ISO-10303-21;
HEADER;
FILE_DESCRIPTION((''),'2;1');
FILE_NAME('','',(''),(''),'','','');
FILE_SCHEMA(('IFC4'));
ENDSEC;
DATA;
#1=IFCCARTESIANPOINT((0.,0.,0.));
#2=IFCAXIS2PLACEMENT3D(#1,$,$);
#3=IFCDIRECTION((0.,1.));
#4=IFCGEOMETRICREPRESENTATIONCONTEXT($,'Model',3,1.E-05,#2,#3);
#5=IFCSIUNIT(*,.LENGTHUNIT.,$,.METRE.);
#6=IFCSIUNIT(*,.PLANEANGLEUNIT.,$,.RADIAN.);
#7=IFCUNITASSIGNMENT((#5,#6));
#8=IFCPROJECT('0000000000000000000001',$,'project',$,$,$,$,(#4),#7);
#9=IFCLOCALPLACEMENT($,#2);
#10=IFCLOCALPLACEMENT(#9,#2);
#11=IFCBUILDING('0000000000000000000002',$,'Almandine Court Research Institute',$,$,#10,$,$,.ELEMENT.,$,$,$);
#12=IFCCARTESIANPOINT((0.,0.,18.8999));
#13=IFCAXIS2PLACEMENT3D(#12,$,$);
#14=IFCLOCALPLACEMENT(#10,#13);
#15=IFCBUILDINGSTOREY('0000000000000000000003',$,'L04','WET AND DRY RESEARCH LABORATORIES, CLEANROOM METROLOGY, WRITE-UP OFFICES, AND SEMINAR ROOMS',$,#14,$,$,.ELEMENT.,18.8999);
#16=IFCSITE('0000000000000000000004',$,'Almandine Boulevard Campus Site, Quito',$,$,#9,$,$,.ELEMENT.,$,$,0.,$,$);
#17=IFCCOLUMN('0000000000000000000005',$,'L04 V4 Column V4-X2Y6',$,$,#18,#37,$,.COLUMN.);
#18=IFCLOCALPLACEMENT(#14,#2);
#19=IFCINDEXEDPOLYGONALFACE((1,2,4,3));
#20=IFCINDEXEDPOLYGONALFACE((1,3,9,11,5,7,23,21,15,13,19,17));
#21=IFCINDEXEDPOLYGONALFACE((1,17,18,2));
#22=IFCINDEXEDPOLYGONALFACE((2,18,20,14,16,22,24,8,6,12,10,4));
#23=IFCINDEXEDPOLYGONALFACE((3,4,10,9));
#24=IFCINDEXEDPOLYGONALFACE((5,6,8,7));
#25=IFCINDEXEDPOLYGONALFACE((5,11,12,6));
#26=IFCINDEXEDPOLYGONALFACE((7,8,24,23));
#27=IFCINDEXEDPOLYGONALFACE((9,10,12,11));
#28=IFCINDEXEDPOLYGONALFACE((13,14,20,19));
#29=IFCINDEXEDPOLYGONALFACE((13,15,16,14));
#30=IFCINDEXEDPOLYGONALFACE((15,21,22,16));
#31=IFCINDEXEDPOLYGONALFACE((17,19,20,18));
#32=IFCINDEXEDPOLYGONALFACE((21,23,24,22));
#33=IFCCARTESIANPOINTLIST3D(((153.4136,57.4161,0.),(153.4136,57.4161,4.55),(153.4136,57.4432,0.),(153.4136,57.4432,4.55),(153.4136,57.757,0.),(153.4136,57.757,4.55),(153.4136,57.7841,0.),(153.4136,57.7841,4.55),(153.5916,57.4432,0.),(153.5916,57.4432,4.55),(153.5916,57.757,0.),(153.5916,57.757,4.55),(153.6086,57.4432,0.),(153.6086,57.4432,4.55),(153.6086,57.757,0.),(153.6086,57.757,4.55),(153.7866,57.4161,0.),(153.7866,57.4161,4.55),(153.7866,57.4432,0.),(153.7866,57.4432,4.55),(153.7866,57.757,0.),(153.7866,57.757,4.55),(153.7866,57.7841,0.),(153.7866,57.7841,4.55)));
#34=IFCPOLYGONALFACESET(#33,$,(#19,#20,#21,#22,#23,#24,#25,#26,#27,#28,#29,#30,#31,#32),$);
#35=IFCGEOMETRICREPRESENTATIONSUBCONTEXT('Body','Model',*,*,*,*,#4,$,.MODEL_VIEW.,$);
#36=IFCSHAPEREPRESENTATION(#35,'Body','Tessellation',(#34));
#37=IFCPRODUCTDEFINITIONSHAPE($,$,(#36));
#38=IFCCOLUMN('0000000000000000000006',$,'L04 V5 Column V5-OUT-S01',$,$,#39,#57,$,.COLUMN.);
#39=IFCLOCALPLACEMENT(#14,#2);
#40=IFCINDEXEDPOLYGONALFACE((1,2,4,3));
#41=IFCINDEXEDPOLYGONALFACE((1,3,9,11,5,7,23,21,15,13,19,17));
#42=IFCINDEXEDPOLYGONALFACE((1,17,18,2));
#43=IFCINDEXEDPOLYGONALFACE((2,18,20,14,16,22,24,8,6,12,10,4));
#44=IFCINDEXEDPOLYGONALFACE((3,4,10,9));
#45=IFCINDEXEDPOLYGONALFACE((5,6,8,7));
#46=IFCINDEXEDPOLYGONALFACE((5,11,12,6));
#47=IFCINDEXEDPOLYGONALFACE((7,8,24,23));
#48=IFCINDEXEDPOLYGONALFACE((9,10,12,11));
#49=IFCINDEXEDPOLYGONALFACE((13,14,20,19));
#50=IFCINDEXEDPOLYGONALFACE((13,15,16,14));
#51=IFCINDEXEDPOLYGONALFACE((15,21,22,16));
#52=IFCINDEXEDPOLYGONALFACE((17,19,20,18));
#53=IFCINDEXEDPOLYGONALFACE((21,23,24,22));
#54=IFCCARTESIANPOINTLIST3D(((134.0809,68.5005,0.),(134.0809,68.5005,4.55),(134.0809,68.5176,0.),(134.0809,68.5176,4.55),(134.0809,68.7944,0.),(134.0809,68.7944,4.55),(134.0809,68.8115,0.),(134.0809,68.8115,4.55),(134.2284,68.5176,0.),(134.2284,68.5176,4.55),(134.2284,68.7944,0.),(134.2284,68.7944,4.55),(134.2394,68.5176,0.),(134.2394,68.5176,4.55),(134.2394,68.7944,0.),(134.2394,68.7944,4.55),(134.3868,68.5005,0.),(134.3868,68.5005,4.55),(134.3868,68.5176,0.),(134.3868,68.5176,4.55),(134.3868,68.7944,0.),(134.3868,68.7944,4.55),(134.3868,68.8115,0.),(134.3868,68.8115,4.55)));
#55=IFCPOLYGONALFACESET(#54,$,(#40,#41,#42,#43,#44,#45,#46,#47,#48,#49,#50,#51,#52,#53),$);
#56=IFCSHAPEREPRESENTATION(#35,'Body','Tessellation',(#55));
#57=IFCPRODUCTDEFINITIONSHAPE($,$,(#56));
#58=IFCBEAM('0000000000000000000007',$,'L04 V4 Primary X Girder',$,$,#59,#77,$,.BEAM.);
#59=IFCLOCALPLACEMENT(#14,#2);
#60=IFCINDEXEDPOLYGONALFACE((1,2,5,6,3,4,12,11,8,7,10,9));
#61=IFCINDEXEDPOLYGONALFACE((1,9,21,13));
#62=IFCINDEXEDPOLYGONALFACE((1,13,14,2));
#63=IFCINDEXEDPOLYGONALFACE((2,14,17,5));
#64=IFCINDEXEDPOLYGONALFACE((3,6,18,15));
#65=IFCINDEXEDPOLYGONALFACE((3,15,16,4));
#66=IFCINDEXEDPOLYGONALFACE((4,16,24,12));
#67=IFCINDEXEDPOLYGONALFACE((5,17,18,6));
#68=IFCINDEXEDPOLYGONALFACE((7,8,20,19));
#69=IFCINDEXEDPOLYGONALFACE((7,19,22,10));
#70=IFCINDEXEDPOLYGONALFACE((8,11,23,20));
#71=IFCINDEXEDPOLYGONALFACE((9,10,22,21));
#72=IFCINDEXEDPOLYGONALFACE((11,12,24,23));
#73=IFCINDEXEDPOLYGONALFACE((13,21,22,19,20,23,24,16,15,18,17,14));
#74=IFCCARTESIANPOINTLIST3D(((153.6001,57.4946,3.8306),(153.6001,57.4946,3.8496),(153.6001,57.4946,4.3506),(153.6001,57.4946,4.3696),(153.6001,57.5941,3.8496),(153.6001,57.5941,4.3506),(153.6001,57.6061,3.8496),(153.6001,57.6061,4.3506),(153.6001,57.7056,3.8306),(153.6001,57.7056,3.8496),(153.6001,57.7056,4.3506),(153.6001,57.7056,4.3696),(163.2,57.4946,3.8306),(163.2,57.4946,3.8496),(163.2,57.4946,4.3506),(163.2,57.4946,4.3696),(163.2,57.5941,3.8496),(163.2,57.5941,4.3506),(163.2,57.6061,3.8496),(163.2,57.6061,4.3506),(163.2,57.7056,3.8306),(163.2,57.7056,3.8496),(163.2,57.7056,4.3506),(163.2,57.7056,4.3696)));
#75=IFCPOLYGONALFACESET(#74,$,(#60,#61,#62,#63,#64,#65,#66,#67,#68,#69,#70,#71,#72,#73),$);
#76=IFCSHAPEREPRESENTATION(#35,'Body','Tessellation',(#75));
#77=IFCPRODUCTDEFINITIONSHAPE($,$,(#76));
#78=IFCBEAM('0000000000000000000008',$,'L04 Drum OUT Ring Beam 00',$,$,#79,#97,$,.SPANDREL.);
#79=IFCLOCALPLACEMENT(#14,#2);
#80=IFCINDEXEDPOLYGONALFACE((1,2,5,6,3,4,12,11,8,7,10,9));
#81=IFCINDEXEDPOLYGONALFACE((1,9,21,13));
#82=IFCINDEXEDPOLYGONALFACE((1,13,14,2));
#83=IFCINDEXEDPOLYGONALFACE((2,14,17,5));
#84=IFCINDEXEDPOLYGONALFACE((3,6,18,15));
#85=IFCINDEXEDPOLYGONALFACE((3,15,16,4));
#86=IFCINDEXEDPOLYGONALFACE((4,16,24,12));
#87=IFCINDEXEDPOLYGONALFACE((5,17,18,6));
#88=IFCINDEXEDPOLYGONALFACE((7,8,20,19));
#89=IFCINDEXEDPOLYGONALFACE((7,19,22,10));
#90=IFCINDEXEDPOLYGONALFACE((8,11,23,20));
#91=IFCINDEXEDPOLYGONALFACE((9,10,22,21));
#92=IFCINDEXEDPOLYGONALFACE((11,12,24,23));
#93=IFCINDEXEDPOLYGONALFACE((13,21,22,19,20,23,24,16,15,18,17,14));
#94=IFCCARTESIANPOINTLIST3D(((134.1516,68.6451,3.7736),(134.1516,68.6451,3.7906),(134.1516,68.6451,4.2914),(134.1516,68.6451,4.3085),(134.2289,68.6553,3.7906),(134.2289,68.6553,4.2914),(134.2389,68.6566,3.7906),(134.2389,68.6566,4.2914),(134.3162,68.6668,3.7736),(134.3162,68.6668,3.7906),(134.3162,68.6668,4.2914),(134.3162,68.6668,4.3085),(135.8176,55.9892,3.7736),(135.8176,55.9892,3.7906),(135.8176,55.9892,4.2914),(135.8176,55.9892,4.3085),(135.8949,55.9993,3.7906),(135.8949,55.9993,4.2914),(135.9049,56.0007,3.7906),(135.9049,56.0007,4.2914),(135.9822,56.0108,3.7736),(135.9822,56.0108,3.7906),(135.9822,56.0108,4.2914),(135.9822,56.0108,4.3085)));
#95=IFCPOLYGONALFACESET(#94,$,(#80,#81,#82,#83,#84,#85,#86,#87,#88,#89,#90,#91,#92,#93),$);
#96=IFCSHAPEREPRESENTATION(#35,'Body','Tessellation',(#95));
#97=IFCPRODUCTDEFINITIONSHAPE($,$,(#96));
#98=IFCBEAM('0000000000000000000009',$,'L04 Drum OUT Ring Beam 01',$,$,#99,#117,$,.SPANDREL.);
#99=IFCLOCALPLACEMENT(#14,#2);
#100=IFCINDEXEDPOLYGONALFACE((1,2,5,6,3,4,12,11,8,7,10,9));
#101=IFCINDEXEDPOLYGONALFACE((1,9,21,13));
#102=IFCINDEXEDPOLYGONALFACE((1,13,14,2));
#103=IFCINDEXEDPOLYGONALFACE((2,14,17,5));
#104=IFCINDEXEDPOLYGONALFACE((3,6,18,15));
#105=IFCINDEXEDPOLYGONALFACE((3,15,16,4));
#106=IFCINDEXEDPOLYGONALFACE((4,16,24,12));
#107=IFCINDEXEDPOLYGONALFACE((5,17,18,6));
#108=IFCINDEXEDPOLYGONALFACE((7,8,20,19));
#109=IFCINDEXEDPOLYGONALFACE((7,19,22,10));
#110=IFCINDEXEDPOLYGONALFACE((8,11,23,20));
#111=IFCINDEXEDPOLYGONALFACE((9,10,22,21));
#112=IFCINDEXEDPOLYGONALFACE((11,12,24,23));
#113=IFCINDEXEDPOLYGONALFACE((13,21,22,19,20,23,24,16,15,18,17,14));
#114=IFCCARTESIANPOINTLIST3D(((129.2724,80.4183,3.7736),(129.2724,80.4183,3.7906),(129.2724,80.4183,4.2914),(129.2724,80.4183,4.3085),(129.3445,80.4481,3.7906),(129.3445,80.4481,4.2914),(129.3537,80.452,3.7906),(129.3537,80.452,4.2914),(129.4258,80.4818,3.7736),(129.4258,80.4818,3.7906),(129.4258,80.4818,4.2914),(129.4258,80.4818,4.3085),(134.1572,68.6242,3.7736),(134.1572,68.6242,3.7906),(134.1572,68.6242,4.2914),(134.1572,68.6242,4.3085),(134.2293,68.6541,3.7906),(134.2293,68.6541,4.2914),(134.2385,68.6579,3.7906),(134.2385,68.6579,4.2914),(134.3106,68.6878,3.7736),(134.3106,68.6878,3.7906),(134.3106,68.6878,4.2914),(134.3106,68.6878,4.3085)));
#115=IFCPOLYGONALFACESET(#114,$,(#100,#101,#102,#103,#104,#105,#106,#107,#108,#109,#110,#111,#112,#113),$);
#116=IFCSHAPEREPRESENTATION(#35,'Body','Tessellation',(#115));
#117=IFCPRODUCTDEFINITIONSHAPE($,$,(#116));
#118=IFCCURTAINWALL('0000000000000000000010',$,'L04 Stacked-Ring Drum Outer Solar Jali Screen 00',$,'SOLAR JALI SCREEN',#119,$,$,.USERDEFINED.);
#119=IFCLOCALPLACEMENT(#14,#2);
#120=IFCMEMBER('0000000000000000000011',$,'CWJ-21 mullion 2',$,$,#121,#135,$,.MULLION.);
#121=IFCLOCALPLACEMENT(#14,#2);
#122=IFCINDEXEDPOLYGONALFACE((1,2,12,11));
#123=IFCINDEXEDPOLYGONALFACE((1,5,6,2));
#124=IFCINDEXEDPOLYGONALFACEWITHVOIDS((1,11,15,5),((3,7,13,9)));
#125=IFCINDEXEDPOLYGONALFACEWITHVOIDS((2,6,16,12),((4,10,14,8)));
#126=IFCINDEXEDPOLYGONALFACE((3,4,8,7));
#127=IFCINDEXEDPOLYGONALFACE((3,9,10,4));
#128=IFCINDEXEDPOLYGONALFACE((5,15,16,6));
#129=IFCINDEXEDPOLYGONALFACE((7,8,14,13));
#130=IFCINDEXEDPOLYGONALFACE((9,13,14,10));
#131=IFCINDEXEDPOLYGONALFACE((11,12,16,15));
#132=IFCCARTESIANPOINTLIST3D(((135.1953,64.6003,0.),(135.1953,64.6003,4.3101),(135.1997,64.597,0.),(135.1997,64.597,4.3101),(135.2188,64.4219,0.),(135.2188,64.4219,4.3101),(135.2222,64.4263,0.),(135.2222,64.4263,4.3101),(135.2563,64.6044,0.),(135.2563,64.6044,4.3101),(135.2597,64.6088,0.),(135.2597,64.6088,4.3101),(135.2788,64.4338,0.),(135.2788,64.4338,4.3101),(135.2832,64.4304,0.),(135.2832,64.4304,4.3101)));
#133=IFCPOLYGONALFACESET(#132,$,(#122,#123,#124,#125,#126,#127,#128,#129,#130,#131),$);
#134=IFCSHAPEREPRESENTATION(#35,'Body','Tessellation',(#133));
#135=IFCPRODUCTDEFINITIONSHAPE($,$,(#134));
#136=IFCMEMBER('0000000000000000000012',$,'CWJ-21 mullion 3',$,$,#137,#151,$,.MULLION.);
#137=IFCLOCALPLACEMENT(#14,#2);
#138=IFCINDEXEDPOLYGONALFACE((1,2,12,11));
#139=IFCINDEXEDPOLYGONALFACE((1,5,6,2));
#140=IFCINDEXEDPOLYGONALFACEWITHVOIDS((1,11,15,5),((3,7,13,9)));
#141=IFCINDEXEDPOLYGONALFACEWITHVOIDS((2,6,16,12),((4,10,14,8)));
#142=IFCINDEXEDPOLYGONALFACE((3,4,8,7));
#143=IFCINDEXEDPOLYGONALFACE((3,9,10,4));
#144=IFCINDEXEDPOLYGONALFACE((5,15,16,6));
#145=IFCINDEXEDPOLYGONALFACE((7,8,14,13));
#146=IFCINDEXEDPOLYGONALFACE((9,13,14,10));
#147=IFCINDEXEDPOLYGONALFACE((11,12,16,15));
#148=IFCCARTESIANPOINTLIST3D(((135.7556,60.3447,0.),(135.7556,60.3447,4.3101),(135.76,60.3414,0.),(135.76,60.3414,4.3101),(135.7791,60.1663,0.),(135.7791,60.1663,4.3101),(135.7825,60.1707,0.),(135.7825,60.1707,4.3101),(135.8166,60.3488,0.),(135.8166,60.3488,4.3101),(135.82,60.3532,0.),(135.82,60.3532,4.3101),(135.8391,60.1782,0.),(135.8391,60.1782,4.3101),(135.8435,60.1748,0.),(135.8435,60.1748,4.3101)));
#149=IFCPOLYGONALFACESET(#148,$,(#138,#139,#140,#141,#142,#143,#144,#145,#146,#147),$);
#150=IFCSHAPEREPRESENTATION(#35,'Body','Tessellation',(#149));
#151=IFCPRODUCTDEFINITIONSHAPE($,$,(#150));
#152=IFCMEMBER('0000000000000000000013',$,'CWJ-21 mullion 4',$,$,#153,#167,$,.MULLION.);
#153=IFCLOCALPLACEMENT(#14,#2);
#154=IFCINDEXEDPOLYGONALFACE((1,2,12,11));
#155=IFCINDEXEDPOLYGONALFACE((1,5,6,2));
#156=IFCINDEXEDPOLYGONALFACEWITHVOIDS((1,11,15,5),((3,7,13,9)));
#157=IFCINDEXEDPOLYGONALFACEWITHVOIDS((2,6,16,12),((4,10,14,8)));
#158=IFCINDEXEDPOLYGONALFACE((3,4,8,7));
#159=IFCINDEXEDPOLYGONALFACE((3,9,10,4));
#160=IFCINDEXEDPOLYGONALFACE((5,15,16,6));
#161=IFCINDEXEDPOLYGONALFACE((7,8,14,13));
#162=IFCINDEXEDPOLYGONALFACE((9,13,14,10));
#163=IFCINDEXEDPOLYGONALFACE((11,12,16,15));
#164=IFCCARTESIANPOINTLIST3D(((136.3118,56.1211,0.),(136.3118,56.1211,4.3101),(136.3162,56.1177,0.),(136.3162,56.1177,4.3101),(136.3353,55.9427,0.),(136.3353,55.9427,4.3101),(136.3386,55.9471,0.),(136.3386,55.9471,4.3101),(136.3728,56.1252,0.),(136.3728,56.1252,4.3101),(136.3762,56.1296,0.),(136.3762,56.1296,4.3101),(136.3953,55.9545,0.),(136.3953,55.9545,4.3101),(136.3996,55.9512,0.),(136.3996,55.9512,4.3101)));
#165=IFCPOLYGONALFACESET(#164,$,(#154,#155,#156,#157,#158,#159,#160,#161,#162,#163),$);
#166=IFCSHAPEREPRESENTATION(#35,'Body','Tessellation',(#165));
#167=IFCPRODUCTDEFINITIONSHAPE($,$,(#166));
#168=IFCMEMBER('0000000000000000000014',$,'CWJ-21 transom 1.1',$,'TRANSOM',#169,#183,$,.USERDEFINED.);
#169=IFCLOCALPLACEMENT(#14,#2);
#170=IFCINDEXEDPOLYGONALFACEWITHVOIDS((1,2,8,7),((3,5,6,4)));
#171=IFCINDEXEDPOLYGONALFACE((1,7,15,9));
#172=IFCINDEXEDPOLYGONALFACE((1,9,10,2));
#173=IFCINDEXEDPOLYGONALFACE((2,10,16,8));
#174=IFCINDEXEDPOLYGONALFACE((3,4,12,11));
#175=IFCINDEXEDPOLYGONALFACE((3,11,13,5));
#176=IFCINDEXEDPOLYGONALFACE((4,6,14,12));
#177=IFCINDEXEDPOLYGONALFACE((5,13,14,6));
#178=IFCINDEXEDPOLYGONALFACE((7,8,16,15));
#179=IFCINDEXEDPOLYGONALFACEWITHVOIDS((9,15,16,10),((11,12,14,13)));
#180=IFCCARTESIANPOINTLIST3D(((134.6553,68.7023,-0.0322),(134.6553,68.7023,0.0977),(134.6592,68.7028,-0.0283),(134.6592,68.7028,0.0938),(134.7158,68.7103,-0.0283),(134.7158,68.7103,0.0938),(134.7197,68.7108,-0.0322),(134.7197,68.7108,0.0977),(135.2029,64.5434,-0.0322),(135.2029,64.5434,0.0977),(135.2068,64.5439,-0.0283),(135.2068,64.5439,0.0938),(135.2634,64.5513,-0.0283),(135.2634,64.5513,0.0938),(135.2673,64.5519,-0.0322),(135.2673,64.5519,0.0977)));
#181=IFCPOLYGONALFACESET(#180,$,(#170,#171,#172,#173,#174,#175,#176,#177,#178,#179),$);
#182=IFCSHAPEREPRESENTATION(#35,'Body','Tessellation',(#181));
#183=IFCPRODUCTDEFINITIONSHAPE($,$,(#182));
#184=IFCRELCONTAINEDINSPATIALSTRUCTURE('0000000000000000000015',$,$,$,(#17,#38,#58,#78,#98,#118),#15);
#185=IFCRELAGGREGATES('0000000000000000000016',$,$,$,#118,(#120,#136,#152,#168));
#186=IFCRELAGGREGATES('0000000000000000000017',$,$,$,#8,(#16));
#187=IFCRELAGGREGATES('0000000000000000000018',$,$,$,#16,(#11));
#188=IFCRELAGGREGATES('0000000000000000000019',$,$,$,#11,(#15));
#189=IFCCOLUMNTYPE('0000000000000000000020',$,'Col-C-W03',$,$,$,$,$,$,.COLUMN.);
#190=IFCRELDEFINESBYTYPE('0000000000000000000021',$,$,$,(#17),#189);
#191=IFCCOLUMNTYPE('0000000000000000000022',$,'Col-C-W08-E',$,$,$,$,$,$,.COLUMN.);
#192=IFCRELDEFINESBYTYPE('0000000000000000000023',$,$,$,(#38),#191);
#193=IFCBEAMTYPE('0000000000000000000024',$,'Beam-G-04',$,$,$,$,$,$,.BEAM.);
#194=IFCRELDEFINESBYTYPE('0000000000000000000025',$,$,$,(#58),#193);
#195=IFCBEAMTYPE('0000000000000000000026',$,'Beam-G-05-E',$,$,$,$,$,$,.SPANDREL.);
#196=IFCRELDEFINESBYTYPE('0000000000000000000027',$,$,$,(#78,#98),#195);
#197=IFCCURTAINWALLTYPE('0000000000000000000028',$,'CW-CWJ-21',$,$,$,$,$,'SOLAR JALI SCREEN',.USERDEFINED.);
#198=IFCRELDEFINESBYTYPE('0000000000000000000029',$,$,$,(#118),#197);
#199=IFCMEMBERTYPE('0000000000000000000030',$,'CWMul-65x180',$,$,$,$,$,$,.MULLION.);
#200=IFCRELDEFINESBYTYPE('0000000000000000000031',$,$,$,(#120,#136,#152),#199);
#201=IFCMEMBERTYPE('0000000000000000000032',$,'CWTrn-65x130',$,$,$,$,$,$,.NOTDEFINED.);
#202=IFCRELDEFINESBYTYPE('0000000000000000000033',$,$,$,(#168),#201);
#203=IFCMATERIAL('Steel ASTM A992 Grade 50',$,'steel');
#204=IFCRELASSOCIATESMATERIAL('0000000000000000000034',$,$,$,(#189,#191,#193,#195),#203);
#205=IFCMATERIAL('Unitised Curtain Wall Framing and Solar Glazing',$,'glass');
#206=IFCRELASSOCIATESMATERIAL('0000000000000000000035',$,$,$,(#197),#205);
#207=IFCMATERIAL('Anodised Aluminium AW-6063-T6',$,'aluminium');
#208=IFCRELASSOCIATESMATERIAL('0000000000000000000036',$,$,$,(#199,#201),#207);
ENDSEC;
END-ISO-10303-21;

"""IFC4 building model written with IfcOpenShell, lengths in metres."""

from ifc_helpers import new_model, si_unit, direction, frame, origin, origin_2d, place, context, subcontext, project, spatial, hollow_rectangle, i_section, extrude, material, material_profile, profile_set, type_object, element, aggregate, save


model = new_model("IFC4")

# Units and contexts
model_context = context("Model", 3, precision=1e-05, world=origin(), true_north=direction((0.0, 1.0)))
body_context = subcontext(model_context, "Body", "Model", "MODEL_VIEW")
ifc_project = project(units=[si_unit("LENGTHUNIT", "METRE"), si_unit("PLANEANGLEUNIT", "RADIAN")], contexts=[model_context])

# Site, building, storey
site_placement = place(None, origin())
site = spatial("IfcSite", under=ifc_project, at=site_placement, Name="Almandine Boulevard Campus Site, Quito", CompositionType="ELEMENT", RefElevation=0.0)
building_placement = place(site_placement, origin())
building = spatial("IfcBuilding", under=site, at=building_placement, Name="Almandine Court Research Institute", CompositionType="ELEMENT")
storey_placement = place(building_placement, frame((0.0, 0.0, 18.8999)))
storey = spatial("IfcBuildingStorey", under=building, at=storey_placement, Name="L04", Description="WET AND DRY RESEARCH LABORATORIES, CLEANROOM METROLOGY, WRITE-UP OFFICES, AND SEMINAR ROOMS", CompositionType="ELEMENT", Elevation=18.8999)

# Columns
ifc_material_1 = material(Name="Steel ASTM A992 Grade 50", Category="steel")
ifc_material_profile_1 = material_profile(ifc_material_1, i_section(OverallWidth=0.373, OverallDepth=0.3679, WebThickness=0.0171, FlangeThickness=0.0271, at=origin_2d()), Name="W360x179")
ifc_profile_set_1 = profile_set([ifc_material_profile_1], Name="Steel ASTM A992 Grade 50")
column_type_1 = type_object("IfcColumnType", Name="Col-C-W03", PredefinedType="COLUMN", material=ifc_profile_set_1)
column_1_placement = place(storey_placement, frame((153.6001, 57.6001, 0.0), z_axis=(0.0, 0.0, 1.0), x_axis=(1.0, 0.0, 0.0)))
element("IfcColumn", 1, at=column_1_placement, inside=storey, type_object=column_type_1, Name="L04 V4 Column V4-X2Y6", PredefinedType="COLUMN", context=body_context, shape_type="SweptSolid", body=[
    extrude(i_section(OverallWidth=0.373, OverallDepth=0.3679, WebThickness=0.0171, FlangeThickness=0.0271, at=origin_2d()), origin(), (0.0, 0.0, 1.0), 4.55),
])
ifc_material_profile_2 = material_profile(ifc_material_1, i_section(OverallWidth=0.3059, OverallDepth=0.311, WebThickness=0.011, FlangeThickness=0.0171, at=origin_2d()), Name="W310x107")
ifc_profile_set_2 = profile_set([ifc_material_profile_2], Name="Steel ASTM A992 Grade 50")
column_type_2 = type_object("IfcColumnType", Name="Col-C-W08-E", PredefinedType="COLUMN", material=ifc_profile_set_2)
column_2_placement = place(storey_placement, frame((134.2339, 68.656, 0.0), z_axis=(0.0, 0.0, 1.0), x_axis=(1.0, 0.0, 0.0)))
element("IfcColumn", 2, at=column_2_placement, inside=storey, type_object=column_type_2, Name="L04 V5 Column V5-OUT-S01", PredefinedType="COLUMN", context=body_context, shape_type="SweptSolid", body=[
    extrude(i_section(OverallWidth=0.3059, OverallDepth=0.311, WebThickness=0.011, FlangeThickness=0.0171, at=origin_2d()), origin(), (0.0, 0.0, 1.0), 4.55),
])

# Beams
ifc_material_profile_3 = material_profile(ifc_material_1, i_section(OverallWidth=0.2109, OverallDepth=0.5391, WebThickness=0.012, FlangeThickness=0.019, at=origin_2d()), Name="W530x109")
ifc_profile_set_3 = profile_set([ifc_material_profile_3], Name="Steel ASTM A992 Grade 50")
beam_type_1 = type_object("IfcBeamType", Name="Beam-G-04", PredefinedType="BEAM", material=ifc_profile_set_3)
beam_1_placement = place(storey_placement, frame((153.6001, 57.6001, 4.1001), z_axis=(1.0, 0.0, 0.0), x_axis=(0.0, 1.0, 0.0)))
element("IfcBeam", 3, at=beam_1_placement, inside=storey, type_object=beam_type_1, Name="L04 V4 Primary X Girder", PredefinedType="BEAM", context=body_context, shape_type="SweptSolid", body=[
    extrude(i_section(OverallWidth=0.2109, OverallDepth=0.5391, WebThickness=0.012, FlangeThickness=0.019, at=origin_2d()), origin(), (0.0, 0.0, 1.0), 9.5999),
])
ifc_material_profile_4 = material_profile(ifc_material_1, i_section(OverallWidth=0.166, OverallDepth=0.5349, WebThickness=0.01, FlangeThickness=0.0171, at=origin_2d()), Name="W530x85")
ifc_profile_set_4 = profile_set([ifc_material_profile_4], Name="Steel ASTM A992 Grade 50")
beam_type_2 = type_object("IfcBeamType", Name="Beam-G-05-E", PredefinedType="SPANDREL", material=ifc_profile_set_4)
beam_2_placement = place(storey_placement, frame((135.8999, 56.0, 4.041), z_axis=(-0.130512, 0.991447, 0.0), x_axis=(-0.991447, -0.130512, 0.0)))
element("IfcBeam", 4, at=beam_2_placement, inside=storey, type_object=beam_type_2, Name="L04 Drum OUT Ring Beam 00", PredefinedType="SPANDREL", context=body_context, shape_type="SweptSolid", body=[
    extrude(i_section(OverallWidth=0.166, OverallDepth=0.5349, WebThickness=0.01, FlangeThickness=0.0171, at=origin_2d()), origin(), (0.0, 0.0, 1.0), 12.7651),
])
beam_3_placement = place(storey_placement, frame((134.2339, 68.656, 4.041), z_axis=(-0.382654, 0.923892, 0.0), x_axis=(-0.923892, -0.382654, 0.0)))
element("IfcBeam", 5, at=beam_3_placement, inside=storey, type_object=beam_type_2, Name="L04 Drum OUT Ring Beam 01", PredefinedType="SPANDREL", context=body_context, shape_type="SweptSolid", body=[
    extrude(i_section(OverallWidth=0.166, OverallDepth=0.5349, WebThickness=0.01, FlangeThickness=0.0171, at=origin_2d()), origin(), (0.0, 0.0, 1.0), 12.7656),
])

# Curtain wall, members
ifc_material_2 = material(Name="Unitised Curtain Wall Framing and Solar Glazing", Category="glass")
curtain_wall_type = type_object("IfcCurtainWallType", Name="CW-CWJ-21", ElementType="SOLAR JALI SCREEN", PredefinedType="USERDEFINED", material=ifc_material_2)
curtain_wall_placement = place(storey_placement, origin())
curtain_wall = element("IfcCurtainWall", 6, at=curtain_wall_placement, inside=storey, type_object=curtain_wall_type, Name="L04 Stacked-Ring Drum Outer Solar Jali Screen 00", ObjectType="SOLAR JALI SCREEN", PredefinedType="USERDEFINED")
ifc_material_3 = material(Name="Anodised Aluminium AW-6063-T6", Category="aluminium")
ifc_material_profile_5 = material_profile(ifc_material_3, hollow_rectangle(XDim=0.0649, YDim=0.1799, WallThickness=0.0039, at=origin_2d()), Name="ALU RHS 65x180x4")
ifc_profile_set_5 = profile_set([ifc_material_profile_5], Name="Anodised Aluminium AW-6063-T6")
member_type_1 = type_object("IfcMemberType", Name="CWMul-65x180", PredefinedType="MULLION", material=ifc_profile_set_5)
member_1_placement = place(storey_placement, frame((135.2393, 64.5154, 0.0), z_axis=(0.0, 0.0, 1.0), x_axis=(0.991443, 0.130541, 0.0)))
member_1 = element("IfcMember", 7, at=member_1_placement, type_object=member_type_1, Name="CWJ-21 mullion 2", PredefinedType="MULLION", context=body_context, shape_type="SweptSolid", body=[
    extrude(hollow_rectangle(XDim=0.0649, YDim=0.1799, WallThickness=0.0039, at=origin_2d()), origin(), (0.0, 0.0, 1.0), 4.3101),
])
member_2_placement = place(storey_placement, frame((135.7996, 60.2598, 0.0), z_axis=(0.0, 0.0, 1.0), x_axis=(0.991443, 0.130541, 0.0)))
member_2 = element("IfcMember", 8, at=member_2_placement, type_object=member_type_1, Name="CWJ-21 mullion 3", PredefinedType="MULLION", context=body_context, shape_type="SweptSolid", body=[
    extrude(hollow_rectangle(XDim=0.0649, YDim=0.1799, WallThickness=0.0039, at=origin_2d()), origin(), (0.0, 0.0, 1.0), 4.3101),
])
member_3_placement = place(storey_placement, frame((136.3557, 56.0361, 0.0), z_axis=(0.0, 0.0, 1.0), x_axis=(0.991443, 0.130541, 0.0)))
member_3 = element("IfcMember", 9, at=member_3_placement, type_object=member_type_1, Name="CWJ-21 mullion 4", PredefinedType="MULLION", context=body_context, shape_type="SweptSolid", body=[
    extrude(hollow_rectangle(XDim=0.0649, YDim=0.1799, WallThickness=0.0039, at=origin_2d()), origin(), (0.0, 0.0, 1.0), 4.3101),
])
ifc_material_profile_6 = material_profile(ifc_material_3, hollow_rectangle(XDim=0.0649, YDim=0.1299, WallThickness=0.0039, at=origin_2d()), Name="ALU RHS 65x130x4")
ifc_profile_set_6 = profile_set([ifc_material_profile_6], Name="Anodised Aluminium AW-6063-T6")
member_type_2 = type_object("IfcMemberType", Name="CWTrn-65x130", PredefinedType="NOTDEFINED", material=ifc_profile_set_6)
member_4_placement = place(storey_placement, frame((134.6875, 68.7065, 0.0327), z_axis=(0.130543, -0.991443, 0.0), x_axis=(0.991443, 0.130543, 0.0)))
member_4 = element("IfcMember", 10, at=member_4_placement, type_object=member_type_2, Name="CWJ-21 transom 1.1", ObjectType="TRANSOM", PredefinedType="USERDEFINED", context=body_context, shape_type="SweptSolid", body=[
    extrude(hollow_rectangle(XDim=0.0649, YDim=0.1299, WallThickness=0.0039, at=origin_2d()), origin(), (0.0, 0.0, 1.0), 4.1948),
])
aggregate(curtain_wall, [member_1, member_2, member_3, member_4])

save(model, "model.ifc")
